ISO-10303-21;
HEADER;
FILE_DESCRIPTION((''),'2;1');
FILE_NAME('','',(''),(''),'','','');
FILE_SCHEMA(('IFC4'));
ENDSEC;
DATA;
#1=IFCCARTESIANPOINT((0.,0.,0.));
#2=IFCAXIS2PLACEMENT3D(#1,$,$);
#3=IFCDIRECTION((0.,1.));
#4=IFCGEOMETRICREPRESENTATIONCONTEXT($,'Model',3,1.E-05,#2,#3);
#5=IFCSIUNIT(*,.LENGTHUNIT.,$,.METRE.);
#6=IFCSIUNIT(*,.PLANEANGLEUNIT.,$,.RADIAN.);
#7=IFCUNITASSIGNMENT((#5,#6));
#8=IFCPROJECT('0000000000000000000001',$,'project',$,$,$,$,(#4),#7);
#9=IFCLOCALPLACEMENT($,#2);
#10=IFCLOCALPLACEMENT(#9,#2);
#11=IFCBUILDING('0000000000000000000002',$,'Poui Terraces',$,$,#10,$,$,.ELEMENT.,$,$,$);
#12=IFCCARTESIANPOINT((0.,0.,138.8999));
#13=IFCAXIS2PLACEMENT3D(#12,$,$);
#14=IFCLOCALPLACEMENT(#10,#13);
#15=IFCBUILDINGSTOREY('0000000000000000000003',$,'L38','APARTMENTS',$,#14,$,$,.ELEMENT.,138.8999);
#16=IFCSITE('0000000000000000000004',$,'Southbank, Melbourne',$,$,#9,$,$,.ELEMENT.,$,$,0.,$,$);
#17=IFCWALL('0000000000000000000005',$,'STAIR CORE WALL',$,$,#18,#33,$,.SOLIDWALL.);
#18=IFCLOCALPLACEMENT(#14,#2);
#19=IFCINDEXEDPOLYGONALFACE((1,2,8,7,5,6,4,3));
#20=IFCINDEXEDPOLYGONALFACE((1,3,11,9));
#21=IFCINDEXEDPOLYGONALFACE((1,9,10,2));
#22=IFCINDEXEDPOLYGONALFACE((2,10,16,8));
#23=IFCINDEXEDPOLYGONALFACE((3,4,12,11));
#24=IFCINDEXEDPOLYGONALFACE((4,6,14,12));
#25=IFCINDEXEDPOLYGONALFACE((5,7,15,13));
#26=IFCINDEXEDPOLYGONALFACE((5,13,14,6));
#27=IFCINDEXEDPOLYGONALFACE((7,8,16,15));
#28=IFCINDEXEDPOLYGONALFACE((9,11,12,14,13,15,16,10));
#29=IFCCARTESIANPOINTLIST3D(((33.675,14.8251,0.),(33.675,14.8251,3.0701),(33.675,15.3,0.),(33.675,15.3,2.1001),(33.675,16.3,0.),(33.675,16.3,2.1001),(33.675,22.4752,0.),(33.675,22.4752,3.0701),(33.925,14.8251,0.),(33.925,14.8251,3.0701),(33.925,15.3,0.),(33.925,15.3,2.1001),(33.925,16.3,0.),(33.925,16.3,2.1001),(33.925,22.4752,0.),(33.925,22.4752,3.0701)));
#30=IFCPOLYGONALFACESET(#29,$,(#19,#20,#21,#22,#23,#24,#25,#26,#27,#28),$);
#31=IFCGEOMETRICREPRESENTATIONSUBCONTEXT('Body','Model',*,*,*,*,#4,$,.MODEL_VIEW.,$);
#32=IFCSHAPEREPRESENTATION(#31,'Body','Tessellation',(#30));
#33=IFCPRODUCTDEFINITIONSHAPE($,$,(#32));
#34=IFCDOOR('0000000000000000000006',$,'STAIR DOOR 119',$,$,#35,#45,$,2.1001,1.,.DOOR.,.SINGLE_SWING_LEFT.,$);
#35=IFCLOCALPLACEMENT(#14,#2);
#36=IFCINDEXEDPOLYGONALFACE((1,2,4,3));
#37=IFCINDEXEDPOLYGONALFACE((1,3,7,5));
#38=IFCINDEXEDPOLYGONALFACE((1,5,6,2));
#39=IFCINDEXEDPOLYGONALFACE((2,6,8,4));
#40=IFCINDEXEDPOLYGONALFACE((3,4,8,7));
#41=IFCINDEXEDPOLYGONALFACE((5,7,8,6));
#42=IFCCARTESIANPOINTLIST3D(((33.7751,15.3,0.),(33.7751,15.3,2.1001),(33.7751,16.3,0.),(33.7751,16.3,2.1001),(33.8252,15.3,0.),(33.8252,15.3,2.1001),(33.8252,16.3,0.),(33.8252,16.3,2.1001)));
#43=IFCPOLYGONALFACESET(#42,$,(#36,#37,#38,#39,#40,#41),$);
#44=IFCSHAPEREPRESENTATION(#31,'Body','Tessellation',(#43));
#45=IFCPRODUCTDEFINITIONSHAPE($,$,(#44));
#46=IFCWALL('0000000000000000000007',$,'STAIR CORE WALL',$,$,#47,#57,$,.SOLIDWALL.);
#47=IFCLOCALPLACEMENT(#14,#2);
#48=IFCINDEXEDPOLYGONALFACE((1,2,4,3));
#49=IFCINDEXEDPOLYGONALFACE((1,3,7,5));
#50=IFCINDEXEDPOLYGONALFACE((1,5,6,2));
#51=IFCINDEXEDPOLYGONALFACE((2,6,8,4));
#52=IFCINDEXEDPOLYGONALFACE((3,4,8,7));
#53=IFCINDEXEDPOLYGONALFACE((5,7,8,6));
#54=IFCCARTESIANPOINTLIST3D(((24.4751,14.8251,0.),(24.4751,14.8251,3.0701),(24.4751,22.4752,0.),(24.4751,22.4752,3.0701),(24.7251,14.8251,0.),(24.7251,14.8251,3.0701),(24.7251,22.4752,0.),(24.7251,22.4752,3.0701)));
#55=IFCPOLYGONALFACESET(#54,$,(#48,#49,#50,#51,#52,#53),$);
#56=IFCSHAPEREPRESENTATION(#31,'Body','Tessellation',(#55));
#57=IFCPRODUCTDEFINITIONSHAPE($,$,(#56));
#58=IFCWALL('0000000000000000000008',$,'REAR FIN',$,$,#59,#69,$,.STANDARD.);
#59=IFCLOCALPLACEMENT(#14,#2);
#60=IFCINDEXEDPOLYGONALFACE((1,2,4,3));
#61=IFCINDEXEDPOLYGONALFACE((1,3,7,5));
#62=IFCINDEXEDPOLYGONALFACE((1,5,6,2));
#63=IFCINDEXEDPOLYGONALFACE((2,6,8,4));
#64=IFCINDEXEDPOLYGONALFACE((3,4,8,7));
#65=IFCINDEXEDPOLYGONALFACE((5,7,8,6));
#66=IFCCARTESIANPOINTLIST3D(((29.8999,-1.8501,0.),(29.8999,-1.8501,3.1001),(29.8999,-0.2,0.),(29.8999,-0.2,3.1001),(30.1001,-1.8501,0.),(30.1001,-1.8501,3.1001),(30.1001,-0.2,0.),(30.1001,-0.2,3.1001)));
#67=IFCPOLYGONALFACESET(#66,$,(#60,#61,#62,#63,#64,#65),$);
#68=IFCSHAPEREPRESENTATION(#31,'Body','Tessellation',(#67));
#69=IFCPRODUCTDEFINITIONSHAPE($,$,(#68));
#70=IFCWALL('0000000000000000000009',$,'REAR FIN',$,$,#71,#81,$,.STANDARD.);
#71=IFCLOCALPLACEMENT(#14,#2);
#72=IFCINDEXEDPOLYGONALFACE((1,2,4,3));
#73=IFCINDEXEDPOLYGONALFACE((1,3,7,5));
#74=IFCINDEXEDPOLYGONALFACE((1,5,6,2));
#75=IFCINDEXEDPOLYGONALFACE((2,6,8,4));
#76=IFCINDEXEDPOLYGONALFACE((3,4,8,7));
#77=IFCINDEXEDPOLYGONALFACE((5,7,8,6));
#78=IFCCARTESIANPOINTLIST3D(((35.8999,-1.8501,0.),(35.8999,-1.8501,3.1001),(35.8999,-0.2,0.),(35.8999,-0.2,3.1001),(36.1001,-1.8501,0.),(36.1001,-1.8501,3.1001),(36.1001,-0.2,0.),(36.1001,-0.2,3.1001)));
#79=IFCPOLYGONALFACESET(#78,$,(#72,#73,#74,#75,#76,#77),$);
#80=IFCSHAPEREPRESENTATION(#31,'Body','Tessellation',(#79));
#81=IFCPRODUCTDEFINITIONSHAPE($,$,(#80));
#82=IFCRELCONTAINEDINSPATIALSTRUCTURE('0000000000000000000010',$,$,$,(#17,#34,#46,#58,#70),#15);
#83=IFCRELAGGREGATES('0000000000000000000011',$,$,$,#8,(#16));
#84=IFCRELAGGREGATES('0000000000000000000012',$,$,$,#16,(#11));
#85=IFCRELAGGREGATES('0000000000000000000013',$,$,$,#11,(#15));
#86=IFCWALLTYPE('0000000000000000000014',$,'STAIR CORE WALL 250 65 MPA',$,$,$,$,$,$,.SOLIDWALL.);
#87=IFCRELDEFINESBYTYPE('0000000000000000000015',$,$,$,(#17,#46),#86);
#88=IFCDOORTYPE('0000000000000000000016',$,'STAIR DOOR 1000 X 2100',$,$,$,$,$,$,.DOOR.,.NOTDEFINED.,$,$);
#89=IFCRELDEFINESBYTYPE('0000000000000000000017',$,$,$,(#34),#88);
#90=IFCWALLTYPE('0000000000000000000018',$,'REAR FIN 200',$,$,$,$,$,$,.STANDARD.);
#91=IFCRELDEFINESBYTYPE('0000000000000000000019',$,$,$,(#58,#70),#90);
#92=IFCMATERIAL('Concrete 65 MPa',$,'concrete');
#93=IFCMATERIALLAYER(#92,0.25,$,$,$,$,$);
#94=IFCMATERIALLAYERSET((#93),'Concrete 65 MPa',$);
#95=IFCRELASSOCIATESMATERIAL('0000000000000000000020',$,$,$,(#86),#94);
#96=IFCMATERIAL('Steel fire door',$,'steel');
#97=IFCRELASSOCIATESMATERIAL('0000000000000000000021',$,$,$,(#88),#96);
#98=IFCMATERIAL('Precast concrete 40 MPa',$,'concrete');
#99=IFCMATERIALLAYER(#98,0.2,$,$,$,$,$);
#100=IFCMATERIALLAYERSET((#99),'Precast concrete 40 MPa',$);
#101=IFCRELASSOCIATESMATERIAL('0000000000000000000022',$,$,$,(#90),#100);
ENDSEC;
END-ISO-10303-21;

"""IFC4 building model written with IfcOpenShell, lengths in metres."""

from ifc_helpers import new_model, si_unit, direction, frame, frame_2d, origin, place, context, subcontext, project, spatial, polyline, rectangle, outline, extrude, source, transform, mapped, material, layer, layer_set, type_object, element, fill, save


model = new_model("IFC4")

# Units and contexts
model_context = context("Model", 3, precision=1e-05, world=origin(), true_north=direction((0.0, 1.0)))
body_context = subcontext(model_context, "Body", "Model", "MODEL_VIEW")
ifc_project = project(units=[si_unit("LENGTHUNIT", "METRE"), si_unit("PLANEANGLEUNIT", "RADIAN")], contexts=[model_context])

# Site, building, storey
site_placement = place(None, origin())
site = spatial("IfcSite", under=ifc_project, at=site_placement, Name="Southbank, Melbourne", CompositionType="ELEMENT", RefElevation=0.0)
building_placement = place(site_placement, origin())
building = spatial("IfcBuilding", under=site, at=building_placement, Name="Poui Terraces", CompositionType="ELEMENT")
storey_placement = place(building_placement, frame((0.0, 0.0, 138.8999)))
storey = spatial("IfcBuildingStorey", under=building, at=storey_placement, Name="L38", Description="APARTMENTS", CompositionType="ELEMENT", Elevation=138.8999)

# Shared definitions
ifc_material_1 = material(Name="Concrete 65 MPa", Category="concrete")

# Shared definitions
ifc_material_2 = material(Name="Precast concrete 40 MPa", Category="concrete")

# Shared definitions
ifc_material_3 = material(Name="Steel fire door", Category="steel")

# Shared definitions
ifc_layer_1 = layer(ifc_material_1, 0.25)
ifc_layer_set_1 = layer_set([ifc_layer_1], Name="Concrete 65 MPa")
wall_type_1 = type_object("IfcWallType", Name="STAIR CORE WALL 250 65 MPA", PredefinedType="SOLIDWALL", material=ifc_layer_set_1)

# Wall, opening, door
wall_1_placement = place(storey_placement, frame((33.8, 14.825, 0.0), z_axis=(0.0, 0.0, 1.0), x_axis=(0.0, 1.0, 0.0)))
wall_1 = element("IfcWall", 1, at=wall_1_placement, inside=storey, type_object=wall_type_1, Name="STAIR CORE WALL", PredefinedType="SOLIDWALL", context=body_context, shape_type="SweptSolid", body=[
    extrude(rectangle(XDim=7.6501, YDim=0.25, at=frame_2d((3.8252, 0.0))), origin(), (0.0, 0.0, 1.0), 3.0701),
])
opening_1_placement = place(wall_1_placement, frame((0.4751, 0.0, 0.0)))
opening_1 = element("IfcOpeningElement", 2, at=opening_1_placement, cuts=wall_1, PredefinedType="OPENING", context=body_context, shape_type="SweptSolid", body=[
    extrude(rectangle(XDim=1.0, YDim=2.1001, at=frame_2d((0.5, 1.05))), frame((0.0, 0.135, 0.0), z_axis=(0.0, -1.0, 0.0), x_axis=(1.0, 0.0, 0.0)), (0.0, 0.0, 1.0), 0.27),
])
door_type_1 = type_object("IfcDoorType", Name="STAIR DOOR 1000 X 2100", OperationType="NOTDEFINED", PredefinedType="DOOR", material=ifc_material_3)
door_1_placement = place(opening_1_placement, origin())
door_1 = element("IfcDoor", 3, at=door_1_placement, inside=storey, type_object=door_type_1, Name="STAIR DOOR 119", OperationType="SINGLE_SWING_LEFT", OverallHeight=2.1001, OverallWidth=1.0, PredefinedType="DOOR", context=body_context, shape_type="SweptSolid", body=[
    extrude(rectangle(XDim=1.0, YDim=2.1001, at=frame_2d((0.5, 1.05))), frame((0.0, 0.0249, 0.0), z_axis=(0.0, -1.0, 0.0), x_axis=(1.0, 0.0, 0.0)), (0.0, 0.0, 1.0), 0.05),
])
fill(opening_1, door_1)

# Walls
wall_2_placement = place(storey_placement, frame((24.6001, 14.825, 0.0), z_axis=(0.0, 0.0, 1.0), x_axis=(0.0, 1.0, 0.0)))
element("IfcWall", 4, at=wall_2_placement, inside=storey, type_object=wall_type_1, Name="STAIR CORE WALL", PredefinedType="SOLIDWALL", context=body_context, shape_type="SweptSolid", body=[
    extrude(rectangle(XDim=7.6501, YDim=0.25, at=frame_2d((3.8252, 0.0))), origin(), (0.0, 0.0, 1.0), 3.0701),
])
ifc_layer_2 = layer(ifc_material_2, 0.2)
ifc_layer_set_2 = layer_set([ifc_layer_2], Name="Precast concrete 40 MPa")
wall_type_2 = type_object("IfcWallType", Name="REAR FIN 200", PredefinedType="STANDARD", material=ifc_layer_set_2)
shared_shape_1 = source(origin(), body_context, "Body", "SweptSolid", [
    extrude(outline(polyline([(0.0, 0.0), (0.2002, 0.0), (0.2002, 1.6501), (0.0, 1.6501), (0.0, 0.0)])), origin(), (0.0, 0.0, 1.0), 3.1001),
])
for number, where, name in (
    (5, (29.8999, -1.8501, 0.0), "REAR FIN"),
    (6, (35.8999, -1.8501, 0.0), "REAR FIN"),
):
    element("IfcWall", number, at=place(storey_placement, frame(where)), inside=storey, type_object=wall_type_2, Name=name, PredefinedType="STANDARD", context=body_context, shape_type="MappedRepresentation", body=[
        mapped(shared_shape_1, transform((0.0, 0.0, 0.0))),
    ])

save(model, "model.ifc")
